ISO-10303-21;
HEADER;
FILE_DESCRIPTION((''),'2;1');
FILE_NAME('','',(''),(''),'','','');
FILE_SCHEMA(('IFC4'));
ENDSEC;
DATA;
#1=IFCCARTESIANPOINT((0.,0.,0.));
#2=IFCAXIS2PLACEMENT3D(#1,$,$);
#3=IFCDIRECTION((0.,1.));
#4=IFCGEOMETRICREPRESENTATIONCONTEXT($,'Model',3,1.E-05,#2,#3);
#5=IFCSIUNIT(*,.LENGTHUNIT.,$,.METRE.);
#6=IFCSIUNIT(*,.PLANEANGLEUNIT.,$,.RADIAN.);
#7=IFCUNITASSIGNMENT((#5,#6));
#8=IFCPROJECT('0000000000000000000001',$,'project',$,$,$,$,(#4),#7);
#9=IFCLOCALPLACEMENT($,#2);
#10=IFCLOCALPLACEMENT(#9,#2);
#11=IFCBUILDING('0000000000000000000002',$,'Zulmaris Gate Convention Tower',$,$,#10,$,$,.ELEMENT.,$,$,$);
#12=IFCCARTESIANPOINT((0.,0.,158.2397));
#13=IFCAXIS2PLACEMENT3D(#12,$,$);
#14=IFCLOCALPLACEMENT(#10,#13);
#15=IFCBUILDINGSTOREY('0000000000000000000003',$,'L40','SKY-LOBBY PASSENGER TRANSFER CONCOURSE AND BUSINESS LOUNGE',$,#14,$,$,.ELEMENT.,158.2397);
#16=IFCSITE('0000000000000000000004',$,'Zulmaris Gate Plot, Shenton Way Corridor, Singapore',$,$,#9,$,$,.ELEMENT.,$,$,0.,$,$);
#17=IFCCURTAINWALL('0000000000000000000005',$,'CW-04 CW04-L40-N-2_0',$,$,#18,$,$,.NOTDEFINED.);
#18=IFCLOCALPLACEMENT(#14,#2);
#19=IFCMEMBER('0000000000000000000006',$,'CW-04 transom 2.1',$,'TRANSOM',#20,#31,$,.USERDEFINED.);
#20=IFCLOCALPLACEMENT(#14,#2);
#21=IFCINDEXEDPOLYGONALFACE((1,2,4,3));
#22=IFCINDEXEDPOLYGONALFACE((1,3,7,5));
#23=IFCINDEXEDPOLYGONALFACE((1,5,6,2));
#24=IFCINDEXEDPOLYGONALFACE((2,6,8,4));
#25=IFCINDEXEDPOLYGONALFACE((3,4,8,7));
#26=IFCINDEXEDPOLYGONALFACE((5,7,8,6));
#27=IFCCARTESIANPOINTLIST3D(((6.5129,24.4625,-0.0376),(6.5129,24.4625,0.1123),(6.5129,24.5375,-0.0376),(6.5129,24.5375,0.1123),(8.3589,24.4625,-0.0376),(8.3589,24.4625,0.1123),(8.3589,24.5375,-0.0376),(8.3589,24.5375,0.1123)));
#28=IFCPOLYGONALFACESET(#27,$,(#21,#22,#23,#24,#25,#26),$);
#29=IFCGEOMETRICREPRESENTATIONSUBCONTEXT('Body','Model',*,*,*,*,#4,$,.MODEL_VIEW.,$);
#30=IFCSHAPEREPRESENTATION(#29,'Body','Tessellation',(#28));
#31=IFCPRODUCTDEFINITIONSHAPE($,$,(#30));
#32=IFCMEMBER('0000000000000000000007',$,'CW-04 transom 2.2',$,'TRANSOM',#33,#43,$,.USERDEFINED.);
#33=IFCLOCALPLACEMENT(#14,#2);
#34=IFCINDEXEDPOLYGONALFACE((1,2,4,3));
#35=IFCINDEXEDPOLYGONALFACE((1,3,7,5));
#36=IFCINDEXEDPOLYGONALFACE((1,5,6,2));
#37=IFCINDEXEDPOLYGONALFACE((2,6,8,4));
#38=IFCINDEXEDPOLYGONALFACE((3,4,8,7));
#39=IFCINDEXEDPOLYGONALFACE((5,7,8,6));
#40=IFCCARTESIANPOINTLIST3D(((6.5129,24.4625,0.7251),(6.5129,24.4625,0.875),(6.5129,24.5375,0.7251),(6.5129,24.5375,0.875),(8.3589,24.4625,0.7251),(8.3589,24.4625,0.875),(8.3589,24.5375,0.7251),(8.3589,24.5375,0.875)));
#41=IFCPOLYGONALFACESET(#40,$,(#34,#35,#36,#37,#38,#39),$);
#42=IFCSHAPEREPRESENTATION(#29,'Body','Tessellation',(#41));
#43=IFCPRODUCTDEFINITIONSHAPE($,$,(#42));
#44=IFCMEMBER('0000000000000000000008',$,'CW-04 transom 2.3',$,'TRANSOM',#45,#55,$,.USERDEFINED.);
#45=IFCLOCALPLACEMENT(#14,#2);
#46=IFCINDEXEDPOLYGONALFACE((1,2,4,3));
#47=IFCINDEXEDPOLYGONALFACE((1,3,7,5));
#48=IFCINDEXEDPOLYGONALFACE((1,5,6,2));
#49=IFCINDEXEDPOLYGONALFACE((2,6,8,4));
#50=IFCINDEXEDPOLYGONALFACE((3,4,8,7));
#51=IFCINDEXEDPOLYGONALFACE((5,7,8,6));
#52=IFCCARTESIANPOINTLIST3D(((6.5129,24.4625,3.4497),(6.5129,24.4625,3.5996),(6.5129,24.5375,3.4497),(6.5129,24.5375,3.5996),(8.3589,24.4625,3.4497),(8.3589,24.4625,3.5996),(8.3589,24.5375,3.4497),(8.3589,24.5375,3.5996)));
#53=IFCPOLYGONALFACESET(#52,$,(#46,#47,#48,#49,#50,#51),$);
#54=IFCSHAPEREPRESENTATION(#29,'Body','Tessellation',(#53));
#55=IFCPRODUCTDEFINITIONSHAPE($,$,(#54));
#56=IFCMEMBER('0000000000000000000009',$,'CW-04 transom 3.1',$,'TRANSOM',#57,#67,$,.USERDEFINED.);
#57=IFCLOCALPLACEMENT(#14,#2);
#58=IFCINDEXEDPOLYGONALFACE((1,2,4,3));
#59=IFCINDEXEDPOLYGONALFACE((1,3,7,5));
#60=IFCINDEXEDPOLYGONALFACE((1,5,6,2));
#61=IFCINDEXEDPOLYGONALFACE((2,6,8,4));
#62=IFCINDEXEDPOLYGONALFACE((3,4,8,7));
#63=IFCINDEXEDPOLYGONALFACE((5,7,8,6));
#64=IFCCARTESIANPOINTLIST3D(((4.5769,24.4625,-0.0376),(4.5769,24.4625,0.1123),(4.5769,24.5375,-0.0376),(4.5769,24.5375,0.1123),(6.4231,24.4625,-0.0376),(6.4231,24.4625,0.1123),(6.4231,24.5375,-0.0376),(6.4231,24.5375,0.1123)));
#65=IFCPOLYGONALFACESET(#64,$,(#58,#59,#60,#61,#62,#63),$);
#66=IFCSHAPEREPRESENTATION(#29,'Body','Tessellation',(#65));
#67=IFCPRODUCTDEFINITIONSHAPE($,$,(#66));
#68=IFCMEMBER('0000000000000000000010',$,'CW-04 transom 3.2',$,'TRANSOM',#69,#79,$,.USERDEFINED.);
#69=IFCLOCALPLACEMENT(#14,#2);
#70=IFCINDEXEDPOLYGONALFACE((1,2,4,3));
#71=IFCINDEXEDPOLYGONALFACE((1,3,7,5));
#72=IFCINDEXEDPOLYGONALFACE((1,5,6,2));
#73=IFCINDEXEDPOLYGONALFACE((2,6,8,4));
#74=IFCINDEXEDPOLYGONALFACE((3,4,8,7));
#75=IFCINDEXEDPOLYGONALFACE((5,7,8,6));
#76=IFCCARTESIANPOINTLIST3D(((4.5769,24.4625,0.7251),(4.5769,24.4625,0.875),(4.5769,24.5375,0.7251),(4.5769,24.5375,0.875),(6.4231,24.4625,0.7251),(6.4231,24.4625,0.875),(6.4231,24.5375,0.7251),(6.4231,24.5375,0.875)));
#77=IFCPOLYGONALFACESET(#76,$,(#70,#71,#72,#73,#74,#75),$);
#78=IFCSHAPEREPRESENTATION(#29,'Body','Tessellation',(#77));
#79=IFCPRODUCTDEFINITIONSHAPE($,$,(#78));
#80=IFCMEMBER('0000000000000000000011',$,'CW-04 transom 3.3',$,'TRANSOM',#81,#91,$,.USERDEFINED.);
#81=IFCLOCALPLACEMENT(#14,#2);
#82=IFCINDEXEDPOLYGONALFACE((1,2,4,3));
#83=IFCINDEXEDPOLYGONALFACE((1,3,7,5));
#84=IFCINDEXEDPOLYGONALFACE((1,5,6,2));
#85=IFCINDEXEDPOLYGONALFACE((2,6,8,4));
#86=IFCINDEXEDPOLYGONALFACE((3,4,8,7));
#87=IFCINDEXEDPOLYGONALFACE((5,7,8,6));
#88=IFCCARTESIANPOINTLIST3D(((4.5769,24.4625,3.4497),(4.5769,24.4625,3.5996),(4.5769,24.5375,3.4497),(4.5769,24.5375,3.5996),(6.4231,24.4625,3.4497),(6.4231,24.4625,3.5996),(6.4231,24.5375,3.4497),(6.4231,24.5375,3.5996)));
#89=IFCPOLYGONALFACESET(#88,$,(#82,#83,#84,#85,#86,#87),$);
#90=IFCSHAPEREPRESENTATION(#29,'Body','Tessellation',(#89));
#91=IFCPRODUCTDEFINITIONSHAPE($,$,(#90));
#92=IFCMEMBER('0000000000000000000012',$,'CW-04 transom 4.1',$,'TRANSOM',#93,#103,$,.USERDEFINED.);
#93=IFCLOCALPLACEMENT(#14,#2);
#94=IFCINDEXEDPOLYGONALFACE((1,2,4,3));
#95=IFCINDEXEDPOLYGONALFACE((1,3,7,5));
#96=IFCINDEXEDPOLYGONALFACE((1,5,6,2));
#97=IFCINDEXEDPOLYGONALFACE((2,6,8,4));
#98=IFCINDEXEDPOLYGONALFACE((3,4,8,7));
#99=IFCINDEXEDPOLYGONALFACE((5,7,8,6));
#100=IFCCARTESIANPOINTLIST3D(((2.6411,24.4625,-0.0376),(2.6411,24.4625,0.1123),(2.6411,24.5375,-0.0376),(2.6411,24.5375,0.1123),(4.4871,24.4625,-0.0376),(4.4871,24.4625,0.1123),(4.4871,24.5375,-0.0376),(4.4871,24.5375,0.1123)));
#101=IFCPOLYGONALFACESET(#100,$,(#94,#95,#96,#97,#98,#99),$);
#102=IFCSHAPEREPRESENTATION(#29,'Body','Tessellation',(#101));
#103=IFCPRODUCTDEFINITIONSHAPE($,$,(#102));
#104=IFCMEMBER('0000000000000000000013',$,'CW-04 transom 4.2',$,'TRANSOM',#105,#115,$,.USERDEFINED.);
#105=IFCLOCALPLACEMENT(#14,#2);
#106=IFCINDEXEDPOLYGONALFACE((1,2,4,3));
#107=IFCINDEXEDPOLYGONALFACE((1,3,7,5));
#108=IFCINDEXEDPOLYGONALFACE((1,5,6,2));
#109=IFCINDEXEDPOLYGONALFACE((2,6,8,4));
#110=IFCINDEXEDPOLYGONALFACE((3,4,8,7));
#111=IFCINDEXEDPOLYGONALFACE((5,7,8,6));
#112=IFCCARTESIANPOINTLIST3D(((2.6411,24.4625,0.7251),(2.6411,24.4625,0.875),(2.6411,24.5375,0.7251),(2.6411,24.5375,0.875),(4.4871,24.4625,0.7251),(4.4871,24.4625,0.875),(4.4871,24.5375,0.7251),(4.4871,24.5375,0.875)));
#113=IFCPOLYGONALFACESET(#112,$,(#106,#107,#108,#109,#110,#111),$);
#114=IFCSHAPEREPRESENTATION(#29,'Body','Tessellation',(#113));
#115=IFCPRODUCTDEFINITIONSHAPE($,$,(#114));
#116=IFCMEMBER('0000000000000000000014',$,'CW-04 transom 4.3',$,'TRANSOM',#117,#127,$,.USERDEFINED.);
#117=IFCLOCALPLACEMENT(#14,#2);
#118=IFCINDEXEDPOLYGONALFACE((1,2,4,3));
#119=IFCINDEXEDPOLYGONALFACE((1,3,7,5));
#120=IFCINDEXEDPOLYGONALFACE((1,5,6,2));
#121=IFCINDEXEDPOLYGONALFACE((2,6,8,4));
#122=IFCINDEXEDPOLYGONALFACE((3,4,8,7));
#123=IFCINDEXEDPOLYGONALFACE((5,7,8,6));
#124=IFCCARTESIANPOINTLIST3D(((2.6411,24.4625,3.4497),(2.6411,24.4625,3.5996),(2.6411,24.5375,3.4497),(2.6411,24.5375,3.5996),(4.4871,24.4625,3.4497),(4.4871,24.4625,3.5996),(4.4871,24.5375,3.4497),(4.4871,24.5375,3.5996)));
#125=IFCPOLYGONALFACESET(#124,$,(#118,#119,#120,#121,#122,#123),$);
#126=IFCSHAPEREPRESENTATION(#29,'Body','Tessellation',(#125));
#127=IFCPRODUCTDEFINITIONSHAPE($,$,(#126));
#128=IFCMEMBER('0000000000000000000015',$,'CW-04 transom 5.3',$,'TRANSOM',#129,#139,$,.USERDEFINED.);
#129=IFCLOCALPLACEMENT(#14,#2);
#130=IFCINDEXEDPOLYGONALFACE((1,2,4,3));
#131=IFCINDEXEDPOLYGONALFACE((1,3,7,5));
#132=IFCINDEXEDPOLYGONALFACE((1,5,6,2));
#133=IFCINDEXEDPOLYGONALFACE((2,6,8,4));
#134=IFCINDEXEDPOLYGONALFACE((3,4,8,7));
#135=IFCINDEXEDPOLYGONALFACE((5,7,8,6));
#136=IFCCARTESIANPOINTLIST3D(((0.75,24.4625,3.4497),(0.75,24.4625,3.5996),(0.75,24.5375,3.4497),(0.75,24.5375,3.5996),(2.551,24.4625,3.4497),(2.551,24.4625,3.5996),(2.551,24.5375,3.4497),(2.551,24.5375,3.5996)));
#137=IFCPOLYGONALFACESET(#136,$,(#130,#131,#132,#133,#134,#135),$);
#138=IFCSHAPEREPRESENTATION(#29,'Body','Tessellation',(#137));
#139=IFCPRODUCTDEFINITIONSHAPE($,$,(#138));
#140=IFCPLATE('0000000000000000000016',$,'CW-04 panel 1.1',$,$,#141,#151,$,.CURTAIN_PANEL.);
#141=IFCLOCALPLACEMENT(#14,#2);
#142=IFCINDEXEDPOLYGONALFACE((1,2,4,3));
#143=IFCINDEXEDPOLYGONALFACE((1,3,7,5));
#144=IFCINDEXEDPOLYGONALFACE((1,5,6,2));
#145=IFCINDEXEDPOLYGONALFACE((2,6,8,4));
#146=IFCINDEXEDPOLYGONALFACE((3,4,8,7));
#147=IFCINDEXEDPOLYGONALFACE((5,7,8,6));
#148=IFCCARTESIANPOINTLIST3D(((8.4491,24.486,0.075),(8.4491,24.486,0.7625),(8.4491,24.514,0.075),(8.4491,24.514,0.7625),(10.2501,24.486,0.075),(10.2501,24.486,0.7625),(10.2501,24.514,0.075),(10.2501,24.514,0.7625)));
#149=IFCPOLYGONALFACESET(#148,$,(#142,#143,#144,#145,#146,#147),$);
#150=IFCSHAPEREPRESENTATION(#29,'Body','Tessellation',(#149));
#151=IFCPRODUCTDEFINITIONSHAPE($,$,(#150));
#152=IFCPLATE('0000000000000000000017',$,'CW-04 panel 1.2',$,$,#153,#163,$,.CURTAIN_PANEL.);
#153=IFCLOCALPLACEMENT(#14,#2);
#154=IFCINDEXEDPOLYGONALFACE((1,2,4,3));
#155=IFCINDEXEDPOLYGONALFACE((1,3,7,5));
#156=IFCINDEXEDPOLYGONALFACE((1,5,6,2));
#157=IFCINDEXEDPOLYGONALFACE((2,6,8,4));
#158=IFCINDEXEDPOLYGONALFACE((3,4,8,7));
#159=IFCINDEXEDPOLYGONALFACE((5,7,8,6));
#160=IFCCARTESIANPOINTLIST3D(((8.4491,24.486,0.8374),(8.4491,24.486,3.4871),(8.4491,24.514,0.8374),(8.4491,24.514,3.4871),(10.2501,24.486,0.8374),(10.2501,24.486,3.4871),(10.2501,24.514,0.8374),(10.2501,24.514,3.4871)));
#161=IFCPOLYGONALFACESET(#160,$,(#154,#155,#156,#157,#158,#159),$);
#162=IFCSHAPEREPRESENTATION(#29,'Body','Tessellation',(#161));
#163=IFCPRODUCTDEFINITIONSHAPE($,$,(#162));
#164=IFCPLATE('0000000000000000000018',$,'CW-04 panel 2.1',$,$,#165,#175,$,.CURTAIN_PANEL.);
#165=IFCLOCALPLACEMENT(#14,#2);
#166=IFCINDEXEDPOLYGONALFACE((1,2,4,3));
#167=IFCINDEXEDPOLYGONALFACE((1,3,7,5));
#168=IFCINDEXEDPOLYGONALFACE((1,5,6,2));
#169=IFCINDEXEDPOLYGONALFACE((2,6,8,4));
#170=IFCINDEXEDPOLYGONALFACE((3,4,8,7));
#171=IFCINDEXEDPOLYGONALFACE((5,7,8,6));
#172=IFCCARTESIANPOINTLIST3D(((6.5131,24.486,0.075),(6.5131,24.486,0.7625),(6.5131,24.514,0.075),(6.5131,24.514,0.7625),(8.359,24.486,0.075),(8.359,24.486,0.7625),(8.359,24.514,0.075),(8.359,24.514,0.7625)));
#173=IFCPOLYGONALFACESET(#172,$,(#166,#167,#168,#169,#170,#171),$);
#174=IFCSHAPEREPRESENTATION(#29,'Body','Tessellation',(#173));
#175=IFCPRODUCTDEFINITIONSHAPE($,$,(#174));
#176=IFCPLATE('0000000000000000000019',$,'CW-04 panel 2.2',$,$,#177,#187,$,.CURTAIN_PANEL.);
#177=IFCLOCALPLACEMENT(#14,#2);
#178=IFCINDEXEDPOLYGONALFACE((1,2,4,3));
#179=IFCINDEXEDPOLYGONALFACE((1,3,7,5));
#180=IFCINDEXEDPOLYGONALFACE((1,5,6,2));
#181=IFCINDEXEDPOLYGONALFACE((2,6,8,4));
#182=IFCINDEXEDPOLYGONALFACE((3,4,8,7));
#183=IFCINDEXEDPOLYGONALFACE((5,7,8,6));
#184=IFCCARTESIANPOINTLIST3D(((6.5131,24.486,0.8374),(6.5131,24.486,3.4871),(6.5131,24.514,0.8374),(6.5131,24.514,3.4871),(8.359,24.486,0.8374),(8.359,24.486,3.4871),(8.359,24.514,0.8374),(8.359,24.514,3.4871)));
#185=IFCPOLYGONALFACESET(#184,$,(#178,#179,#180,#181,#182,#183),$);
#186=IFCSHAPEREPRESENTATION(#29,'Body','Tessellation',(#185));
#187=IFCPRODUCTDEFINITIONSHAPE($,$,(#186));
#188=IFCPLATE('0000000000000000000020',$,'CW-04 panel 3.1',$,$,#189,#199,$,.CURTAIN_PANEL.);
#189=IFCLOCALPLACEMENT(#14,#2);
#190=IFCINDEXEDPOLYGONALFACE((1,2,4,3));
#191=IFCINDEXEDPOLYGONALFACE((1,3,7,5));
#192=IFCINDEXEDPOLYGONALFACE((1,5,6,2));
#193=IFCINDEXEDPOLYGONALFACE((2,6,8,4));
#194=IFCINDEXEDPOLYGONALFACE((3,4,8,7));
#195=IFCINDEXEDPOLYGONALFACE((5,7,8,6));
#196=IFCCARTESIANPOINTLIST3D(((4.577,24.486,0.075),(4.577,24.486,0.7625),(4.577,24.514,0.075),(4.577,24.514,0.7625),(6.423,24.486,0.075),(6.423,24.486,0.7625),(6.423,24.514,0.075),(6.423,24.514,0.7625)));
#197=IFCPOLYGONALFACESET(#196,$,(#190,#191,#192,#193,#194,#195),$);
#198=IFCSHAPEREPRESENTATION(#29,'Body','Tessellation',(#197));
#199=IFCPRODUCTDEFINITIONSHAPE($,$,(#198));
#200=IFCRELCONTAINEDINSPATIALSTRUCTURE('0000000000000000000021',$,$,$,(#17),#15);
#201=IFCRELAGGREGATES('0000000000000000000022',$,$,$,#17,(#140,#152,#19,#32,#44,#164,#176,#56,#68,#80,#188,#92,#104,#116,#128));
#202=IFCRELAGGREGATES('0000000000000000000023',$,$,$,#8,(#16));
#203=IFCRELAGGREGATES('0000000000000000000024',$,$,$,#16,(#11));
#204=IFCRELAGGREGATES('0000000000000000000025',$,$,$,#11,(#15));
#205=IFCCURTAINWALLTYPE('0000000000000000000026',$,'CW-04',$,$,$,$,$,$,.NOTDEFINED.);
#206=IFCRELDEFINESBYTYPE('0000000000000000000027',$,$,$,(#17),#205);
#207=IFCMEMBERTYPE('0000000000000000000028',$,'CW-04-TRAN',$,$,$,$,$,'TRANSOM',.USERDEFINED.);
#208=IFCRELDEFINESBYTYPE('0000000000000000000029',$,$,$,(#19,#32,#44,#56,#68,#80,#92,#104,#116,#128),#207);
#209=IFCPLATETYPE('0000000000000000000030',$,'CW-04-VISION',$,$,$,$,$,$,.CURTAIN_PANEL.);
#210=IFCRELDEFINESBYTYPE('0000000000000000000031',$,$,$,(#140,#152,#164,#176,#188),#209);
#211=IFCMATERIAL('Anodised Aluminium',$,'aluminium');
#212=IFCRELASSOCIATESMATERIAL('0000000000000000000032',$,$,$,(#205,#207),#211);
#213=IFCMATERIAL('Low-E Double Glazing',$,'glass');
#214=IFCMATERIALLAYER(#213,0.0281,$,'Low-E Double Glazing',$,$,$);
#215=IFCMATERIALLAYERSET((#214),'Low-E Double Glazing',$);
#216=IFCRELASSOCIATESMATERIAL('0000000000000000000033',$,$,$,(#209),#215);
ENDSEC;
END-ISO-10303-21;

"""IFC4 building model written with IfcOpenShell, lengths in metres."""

from ifc_helpers import new_model, si_unit, direction, frame, origin, origin_2d, place, context, subcontext, project, spatial, rectangle, extrude, material, layer, layer_set, material_profile, profile_set, type_object, element, aggregate, save


model = new_model("IFC4")

# Units and contexts
model_context = context("Model", 3, precision=1e-05, world=origin(), true_north=direction((0.0, 1.0)))
body_context = subcontext(model_context, "Body", "Model", "MODEL_VIEW")
ifc_project = project(units=[si_unit("LENGTHUNIT", "METRE"), si_unit("PLANEANGLEUNIT", "RADIAN")], contexts=[model_context])

# Site, building, storey
site_placement = place(None, origin())
site = spatial("IfcSite", under=ifc_project, at=site_placement, Name="Zulmaris Gate Plot, Shenton Way Corridor, Singapore", CompositionType="ELEMENT", RefElevation=0.0)
building_placement = place(site_placement, origin())
building = spatial("IfcBuilding", under=site, at=building_placement, Name="Zulmaris Gate Convention Tower", CompositionType="ELEMENT")
storey_placement = place(building_placement, frame((0.0, 0.0, 158.2397)))
storey = spatial("IfcBuildingStorey", under=building, at=storey_placement, Name="L40", Description="SKY-LOBBY PASSENGER TRANSFER CONCOURSE AND BUSINESS LOUNGE", CompositionType="ELEMENT", Elevation=158.2397)

# Curtain wall, members, plates
ifc_material_1 = material(Name="Anodised Aluminium", Category="aluminium")
curtain_wall_type = type_object("IfcCurtainWallType", Name="CW-04", PredefinedType="NOTDEFINED", material=ifc_material_1)
curtain_wall_placement = place(storey_placement, origin())
curtain_wall = element("IfcCurtainWall", 1, at=curtain_wall_placement, inside=storey, type_object=curtain_wall_type, Name="CW-04 CW04-L40-N-2_0", PredefinedType="NOTDEFINED")
ifc_material_profile_1 = material_profile(ifc_material_1, rectangle(XDim=0.075, YDim=0.1499, at=origin_2d()), Name="ALU TRANSOM 75x150")
ifc_profile_set_1 = profile_set([ifc_material_profile_1], Name="Anodised Aluminium")
member_type_1 = type_object("IfcMemberType", Name="CW-04-TRAN", ElementType="TRANSOM", PredefinedType="USERDEFINED", material=ifc_profile_set_1)
member_1_placement = place(storey_placement, frame((8.3589, 24.5, 0.0374), z_axis=(-1.0, 0.0, 0.0), x_axis=(0.0, -1.0, 0.0)))
member_1 = element("IfcMember", 2, at=member_1_placement, type_object=member_type_1, Name="CW-04 transom 2.1", ObjectType="TRANSOM", PredefinedType="USERDEFINED", context=body_context, shape_type="SweptSolid", body=[
    extrude(rectangle(XDim=0.075, YDim=0.1499, at=origin_2d()), origin(), (0.0, 0.0, 1.0), 1.8459),
])
member_2_placement = place(storey_placement, frame((8.3589, 24.5, 0.8), z_axis=(-1.0, 0.0, 0.0), x_axis=(0.0, -1.0, 0.0)))
member_2 = element("IfcMember", 3, at=member_2_placement, type_object=member_type_1, Name="CW-04 transom 2.2", ObjectType="TRANSOM", PredefinedType="USERDEFINED", context=body_context, shape_type="SweptSolid", body=[
    extrude(rectangle(XDim=0.075, YDim=0.1499, at=origin_2d()), origin(), (0.0, 0.0, 1.0), 1.8459),
])
member_3_placement = place(storey_placement, frame((8.3589, 24.5, 3.5247), z_axis=(-1.0, 0.0, 0.0), x_axis=(0.0, -1.0, 0.0)))
member_3 = element("IfcMember", 4, at=member_3_placement, type_object=member_type_1, Name="CW-04 transom 2.3", ObjectType="TRANSOM", PredefinedType="USERDEFINED", context=body_context, shape_type="SweptSolid", body=[
    extrude(rectangle(XDim=0.075, YDim=0.1499, at=origin_2d()), origin(), (0.0, 0.0, 1.0), 1.8459),
])
member_4_placement = place(storey_placement, frame((6.4231, 24.5, 0.0374), z_axis=(-1.0, 0.0, 0.0), x_axis=(0.0, -1.0, 0.0)))
member_4 = element("IfcMember", 5, at=member_4_placement, type_object=member_type_1, Name="CW-04 transom 3.1", ObjectType="TRANSOM", PredefinedType="USERDEFINED", context=body_context, shape_type="SweptSolid", body=[
    extrude(rectangle(XDim=0.075, YDim=0.1499, at=origin_2d()), origin(), (0.0, 0.0, 1.0), 1.8462),
])
member_5_placement = place(storey_placement, frame((6.4231, 24.5, 0.8), z_axis=(-1.0, 0.0, 0.0), x_axis=(0.0, -1.0, 0.0)))
member_5 = element("IfcMember", 6, at=member_5_placement, type_object=member_type_1, Name="CW-04 transom 3.2", ObjectType="TRANSOM", PredefinedType="USERDEFINED", context=body_context, shape_type="SweptSolid", body=[
    extrude(rectangle(XDim=0.075, YDim=0.1499, at=origin_2d()), origin(), (0.0, 0.0, 1.0), 1.8462),
])
member_6_placement = place(storey_placement, frame((6.4231, 24.5, 3.5247), z_axis=(-1.0, 0.0, 0.0), x_axis=(0.0, -1.0, 0.0)))
member_6 = element("IfcMember", 7, at=member_6_placement, type_object=member_type_1, Name="CW-04 transom 3.3", ObjectType="TRANSOM", PredefinedType="USERDEFINED", context=body_context, shape_type="SweptSolid", body=[
    extrude(rectangle(XDim=0.075, YDim=0.1499, at=origin_2d()), origin(), (0.0, 0.0, 1.0), 1.8462),
])
member_7_placement = place(storey_placement, frame((4.4871, 24.5, 0.0374), z_axis=(-1.0, 0.0, 0.0), x_axis=(0.0, -1.0, 0.0)))
member_7 = element("IfcMember", 8, at=member_7_placement, type_object=member_type_1, Name="CW-04 transom 4.1", ObjectType="TRANSOM", PredefinedType="USERDEFINED", context=body_context, shape_type="SweptSolid", body=[
    extrude(rectangle(XDim=0.075, YDim=0.1499, at=origin_2d()), origin(), (0.0, 0.0, 1.0), 1.8459),
])
member_8_placement = place(storey_placement, frame((4.4871, 24.5, 0.8), z_axis=(-1.0, 0.0, 0.0), x_axis=(0.0, -1.0, 0.0)))
member_8 = element("IfcMember", 9, at=member_8_placement, type_object=member_type_1, Name="CW-04 transom 4.2", ObjectType="TRANSOM", PredefinedType="USERDEFINED", context=body_context, shape_type="SweptSolid", body=[
    extrude(rectangle(XDim=0.075, YDim=0.1499, at=origin_2d()), origin(), (0.0, 0.0, 1.0), 1.8459),
])
member_9_placement = place(storey_placement, frame((4.4871, 24.5, 3.5247), z_axis=(-1.0, 0.0, 0.0), x_axis=(0.0, -1.0, 0.0)))
member_9 = element("IfcMember", 10, at=member_9_placement, type_object=member_type_1, Name="CW-04 transom 4.3", ObjectType="TRANSOM", PredefinedType="USERDEFINED", context=body_context, shape_type="SweptSolid", body=[
    extrude(rectangle(XDim=0.075, YDim=0.1499, at=origin_2d()), origin(), (0.0, 0.0, 1.0), 1.8459),
])
member_10_placement = place(storey_placement, frame((2.551, 24.5, 3.5247), z_axis=(-1.0, 0.0, 0.0), x_axis=(0.0, -1.0, 0.0)))
member_10 = element("IfcMember", 11, at=member_10_placement, type_object=member_type_1, Name="CW-04 transom 5.3", ObjectType="TRANSOM", PredefinedType="USERDEFINED", context=body_context, shape_type="SweptSolid", body=[
    extrude(rectangle(XDim=0.075, YDim=0.1499, at=origin_2d()), origin(), (0.0, 0.0, 1.0), 1.801),
])
ifc_material_2 = material(Name="Low-E Double Glazing", Category="glass")
ifc_layer = layer(ifc_material_2, 0.0281, Name="Low-E Double Glazing")
ifc_layer_set = layer_set([ifc_layer], Name="Low-E Double Glazing")
plate_type = type_object("IfcPlateType", Name="CW-04-VISION", PredefinedType="CURTAIN_PANEL", material=ifc_layer_set)
plate_1_placement = place(storey_placement, frame((9.3496, 24.5, 0.075), z_axis=(0.0, 0.0, 1.0), x_axis=(-1.0, 0.0, 0.0)))
plate_1 = element("IfcPlate", 12, at=plate_1_placement, type_object=plate_type, Name="CW-04 panel 1.1", PredefinedType="CURTAIN_PANEL", context=body_context, shape_type="SweptSolid", body=[
    extrude(rectangle(XDim=1.801, YDim=0.0281, at=origin_2d()), origin(), (0.0, 0.0, 1.0), 0.6875),
])
plate_2_placement = place(storey_placement, frame((9.3496, 24.5, 0.8374), z_axis=(0.0, 0.0, 1.0), x_axis=(-1.0, 0.0, 0.0)))
plate_2 = element("IfcPlate", 13, at=plate_2_placement, type_object=plate_type, Name="CW-04 panel 1.2", PredefinedType="CURTAIN_PANEL", context=body_context, shape_type="SweptSolid", body=[
    extrude(rectangle(XDim=1.801, YDim=0.0281, at=origin_2d()), origin(), (0.0, 0.0, 1.0), 2.6497),
])
plate_3_placement = place(storey_placement, frame((7.436, 24.5, 0.075), z_axis=(0.0, 0.0, 1.0), x_axis=(-1.0, 0.0, 0.0)))
plate_3 = element("IfcPlate", 14, at=plate_3_placement, type_object=plate_type, Name="CW-04 panel 2.1", PredefinedType="CURTAIN_PANEL", context=body_context, shape_type="SweptSolid", body=[
    extrude(rectangle(XDim=1.8459, YDim=0.0281, at=origin_2d()), origin(), (0.0, 0.0, 1.0), 0.6875),
])
plate_4_placement = place(storey_placement, frame((7.436, 24.5, 0.8374), z_axis=(0.0, 0.0, 1.0), x_axis=(-1.0, 0.0, 0.0)))
plate_4 = element("IfcPlate", 15, at=plate_4_placement, type_object=plate_type, Name="CW-04 panel 2.2", PredefinedType="CURTAIN_PANEL", context=body_context, shape_type="SweptSolid", body=[
    extrude(rectangle(XDim=1.8459, YDim=0.0281, at=origin_2d()), origin(), (0.0, 0.0, 1.0), 2.6497),
])
plate_5_placement = place(storey_placement, frame((5.5, 24.5, 0.075), z_axis=(0.0, 0.0, 1.0), x_axis=(-1.0, 0.0, 0.0)))
plate_5 = element("IfcPlate", 16, at=plate_5_placement, type_object=plate_type, Name="CW-04 panel 3.1", PredefinedType="CURTAIN_PANEL", context=body_context, shape_type="SweptSolid", body=[
    extrude(rectangle(XDim=1.8459, YDim=0.0281, at=origin_2d()), origin(), (0.0, 0.0, 1.0), 0.6875),
])
aggregate(curtain_wall, [plate_1, plate_2, member_1, member_2, member_3, plate_3, plate_4, member_4, member_5, member_6, plate_5, member_7, member_8, member_9, member_10])

save(model, "model.ifc")
